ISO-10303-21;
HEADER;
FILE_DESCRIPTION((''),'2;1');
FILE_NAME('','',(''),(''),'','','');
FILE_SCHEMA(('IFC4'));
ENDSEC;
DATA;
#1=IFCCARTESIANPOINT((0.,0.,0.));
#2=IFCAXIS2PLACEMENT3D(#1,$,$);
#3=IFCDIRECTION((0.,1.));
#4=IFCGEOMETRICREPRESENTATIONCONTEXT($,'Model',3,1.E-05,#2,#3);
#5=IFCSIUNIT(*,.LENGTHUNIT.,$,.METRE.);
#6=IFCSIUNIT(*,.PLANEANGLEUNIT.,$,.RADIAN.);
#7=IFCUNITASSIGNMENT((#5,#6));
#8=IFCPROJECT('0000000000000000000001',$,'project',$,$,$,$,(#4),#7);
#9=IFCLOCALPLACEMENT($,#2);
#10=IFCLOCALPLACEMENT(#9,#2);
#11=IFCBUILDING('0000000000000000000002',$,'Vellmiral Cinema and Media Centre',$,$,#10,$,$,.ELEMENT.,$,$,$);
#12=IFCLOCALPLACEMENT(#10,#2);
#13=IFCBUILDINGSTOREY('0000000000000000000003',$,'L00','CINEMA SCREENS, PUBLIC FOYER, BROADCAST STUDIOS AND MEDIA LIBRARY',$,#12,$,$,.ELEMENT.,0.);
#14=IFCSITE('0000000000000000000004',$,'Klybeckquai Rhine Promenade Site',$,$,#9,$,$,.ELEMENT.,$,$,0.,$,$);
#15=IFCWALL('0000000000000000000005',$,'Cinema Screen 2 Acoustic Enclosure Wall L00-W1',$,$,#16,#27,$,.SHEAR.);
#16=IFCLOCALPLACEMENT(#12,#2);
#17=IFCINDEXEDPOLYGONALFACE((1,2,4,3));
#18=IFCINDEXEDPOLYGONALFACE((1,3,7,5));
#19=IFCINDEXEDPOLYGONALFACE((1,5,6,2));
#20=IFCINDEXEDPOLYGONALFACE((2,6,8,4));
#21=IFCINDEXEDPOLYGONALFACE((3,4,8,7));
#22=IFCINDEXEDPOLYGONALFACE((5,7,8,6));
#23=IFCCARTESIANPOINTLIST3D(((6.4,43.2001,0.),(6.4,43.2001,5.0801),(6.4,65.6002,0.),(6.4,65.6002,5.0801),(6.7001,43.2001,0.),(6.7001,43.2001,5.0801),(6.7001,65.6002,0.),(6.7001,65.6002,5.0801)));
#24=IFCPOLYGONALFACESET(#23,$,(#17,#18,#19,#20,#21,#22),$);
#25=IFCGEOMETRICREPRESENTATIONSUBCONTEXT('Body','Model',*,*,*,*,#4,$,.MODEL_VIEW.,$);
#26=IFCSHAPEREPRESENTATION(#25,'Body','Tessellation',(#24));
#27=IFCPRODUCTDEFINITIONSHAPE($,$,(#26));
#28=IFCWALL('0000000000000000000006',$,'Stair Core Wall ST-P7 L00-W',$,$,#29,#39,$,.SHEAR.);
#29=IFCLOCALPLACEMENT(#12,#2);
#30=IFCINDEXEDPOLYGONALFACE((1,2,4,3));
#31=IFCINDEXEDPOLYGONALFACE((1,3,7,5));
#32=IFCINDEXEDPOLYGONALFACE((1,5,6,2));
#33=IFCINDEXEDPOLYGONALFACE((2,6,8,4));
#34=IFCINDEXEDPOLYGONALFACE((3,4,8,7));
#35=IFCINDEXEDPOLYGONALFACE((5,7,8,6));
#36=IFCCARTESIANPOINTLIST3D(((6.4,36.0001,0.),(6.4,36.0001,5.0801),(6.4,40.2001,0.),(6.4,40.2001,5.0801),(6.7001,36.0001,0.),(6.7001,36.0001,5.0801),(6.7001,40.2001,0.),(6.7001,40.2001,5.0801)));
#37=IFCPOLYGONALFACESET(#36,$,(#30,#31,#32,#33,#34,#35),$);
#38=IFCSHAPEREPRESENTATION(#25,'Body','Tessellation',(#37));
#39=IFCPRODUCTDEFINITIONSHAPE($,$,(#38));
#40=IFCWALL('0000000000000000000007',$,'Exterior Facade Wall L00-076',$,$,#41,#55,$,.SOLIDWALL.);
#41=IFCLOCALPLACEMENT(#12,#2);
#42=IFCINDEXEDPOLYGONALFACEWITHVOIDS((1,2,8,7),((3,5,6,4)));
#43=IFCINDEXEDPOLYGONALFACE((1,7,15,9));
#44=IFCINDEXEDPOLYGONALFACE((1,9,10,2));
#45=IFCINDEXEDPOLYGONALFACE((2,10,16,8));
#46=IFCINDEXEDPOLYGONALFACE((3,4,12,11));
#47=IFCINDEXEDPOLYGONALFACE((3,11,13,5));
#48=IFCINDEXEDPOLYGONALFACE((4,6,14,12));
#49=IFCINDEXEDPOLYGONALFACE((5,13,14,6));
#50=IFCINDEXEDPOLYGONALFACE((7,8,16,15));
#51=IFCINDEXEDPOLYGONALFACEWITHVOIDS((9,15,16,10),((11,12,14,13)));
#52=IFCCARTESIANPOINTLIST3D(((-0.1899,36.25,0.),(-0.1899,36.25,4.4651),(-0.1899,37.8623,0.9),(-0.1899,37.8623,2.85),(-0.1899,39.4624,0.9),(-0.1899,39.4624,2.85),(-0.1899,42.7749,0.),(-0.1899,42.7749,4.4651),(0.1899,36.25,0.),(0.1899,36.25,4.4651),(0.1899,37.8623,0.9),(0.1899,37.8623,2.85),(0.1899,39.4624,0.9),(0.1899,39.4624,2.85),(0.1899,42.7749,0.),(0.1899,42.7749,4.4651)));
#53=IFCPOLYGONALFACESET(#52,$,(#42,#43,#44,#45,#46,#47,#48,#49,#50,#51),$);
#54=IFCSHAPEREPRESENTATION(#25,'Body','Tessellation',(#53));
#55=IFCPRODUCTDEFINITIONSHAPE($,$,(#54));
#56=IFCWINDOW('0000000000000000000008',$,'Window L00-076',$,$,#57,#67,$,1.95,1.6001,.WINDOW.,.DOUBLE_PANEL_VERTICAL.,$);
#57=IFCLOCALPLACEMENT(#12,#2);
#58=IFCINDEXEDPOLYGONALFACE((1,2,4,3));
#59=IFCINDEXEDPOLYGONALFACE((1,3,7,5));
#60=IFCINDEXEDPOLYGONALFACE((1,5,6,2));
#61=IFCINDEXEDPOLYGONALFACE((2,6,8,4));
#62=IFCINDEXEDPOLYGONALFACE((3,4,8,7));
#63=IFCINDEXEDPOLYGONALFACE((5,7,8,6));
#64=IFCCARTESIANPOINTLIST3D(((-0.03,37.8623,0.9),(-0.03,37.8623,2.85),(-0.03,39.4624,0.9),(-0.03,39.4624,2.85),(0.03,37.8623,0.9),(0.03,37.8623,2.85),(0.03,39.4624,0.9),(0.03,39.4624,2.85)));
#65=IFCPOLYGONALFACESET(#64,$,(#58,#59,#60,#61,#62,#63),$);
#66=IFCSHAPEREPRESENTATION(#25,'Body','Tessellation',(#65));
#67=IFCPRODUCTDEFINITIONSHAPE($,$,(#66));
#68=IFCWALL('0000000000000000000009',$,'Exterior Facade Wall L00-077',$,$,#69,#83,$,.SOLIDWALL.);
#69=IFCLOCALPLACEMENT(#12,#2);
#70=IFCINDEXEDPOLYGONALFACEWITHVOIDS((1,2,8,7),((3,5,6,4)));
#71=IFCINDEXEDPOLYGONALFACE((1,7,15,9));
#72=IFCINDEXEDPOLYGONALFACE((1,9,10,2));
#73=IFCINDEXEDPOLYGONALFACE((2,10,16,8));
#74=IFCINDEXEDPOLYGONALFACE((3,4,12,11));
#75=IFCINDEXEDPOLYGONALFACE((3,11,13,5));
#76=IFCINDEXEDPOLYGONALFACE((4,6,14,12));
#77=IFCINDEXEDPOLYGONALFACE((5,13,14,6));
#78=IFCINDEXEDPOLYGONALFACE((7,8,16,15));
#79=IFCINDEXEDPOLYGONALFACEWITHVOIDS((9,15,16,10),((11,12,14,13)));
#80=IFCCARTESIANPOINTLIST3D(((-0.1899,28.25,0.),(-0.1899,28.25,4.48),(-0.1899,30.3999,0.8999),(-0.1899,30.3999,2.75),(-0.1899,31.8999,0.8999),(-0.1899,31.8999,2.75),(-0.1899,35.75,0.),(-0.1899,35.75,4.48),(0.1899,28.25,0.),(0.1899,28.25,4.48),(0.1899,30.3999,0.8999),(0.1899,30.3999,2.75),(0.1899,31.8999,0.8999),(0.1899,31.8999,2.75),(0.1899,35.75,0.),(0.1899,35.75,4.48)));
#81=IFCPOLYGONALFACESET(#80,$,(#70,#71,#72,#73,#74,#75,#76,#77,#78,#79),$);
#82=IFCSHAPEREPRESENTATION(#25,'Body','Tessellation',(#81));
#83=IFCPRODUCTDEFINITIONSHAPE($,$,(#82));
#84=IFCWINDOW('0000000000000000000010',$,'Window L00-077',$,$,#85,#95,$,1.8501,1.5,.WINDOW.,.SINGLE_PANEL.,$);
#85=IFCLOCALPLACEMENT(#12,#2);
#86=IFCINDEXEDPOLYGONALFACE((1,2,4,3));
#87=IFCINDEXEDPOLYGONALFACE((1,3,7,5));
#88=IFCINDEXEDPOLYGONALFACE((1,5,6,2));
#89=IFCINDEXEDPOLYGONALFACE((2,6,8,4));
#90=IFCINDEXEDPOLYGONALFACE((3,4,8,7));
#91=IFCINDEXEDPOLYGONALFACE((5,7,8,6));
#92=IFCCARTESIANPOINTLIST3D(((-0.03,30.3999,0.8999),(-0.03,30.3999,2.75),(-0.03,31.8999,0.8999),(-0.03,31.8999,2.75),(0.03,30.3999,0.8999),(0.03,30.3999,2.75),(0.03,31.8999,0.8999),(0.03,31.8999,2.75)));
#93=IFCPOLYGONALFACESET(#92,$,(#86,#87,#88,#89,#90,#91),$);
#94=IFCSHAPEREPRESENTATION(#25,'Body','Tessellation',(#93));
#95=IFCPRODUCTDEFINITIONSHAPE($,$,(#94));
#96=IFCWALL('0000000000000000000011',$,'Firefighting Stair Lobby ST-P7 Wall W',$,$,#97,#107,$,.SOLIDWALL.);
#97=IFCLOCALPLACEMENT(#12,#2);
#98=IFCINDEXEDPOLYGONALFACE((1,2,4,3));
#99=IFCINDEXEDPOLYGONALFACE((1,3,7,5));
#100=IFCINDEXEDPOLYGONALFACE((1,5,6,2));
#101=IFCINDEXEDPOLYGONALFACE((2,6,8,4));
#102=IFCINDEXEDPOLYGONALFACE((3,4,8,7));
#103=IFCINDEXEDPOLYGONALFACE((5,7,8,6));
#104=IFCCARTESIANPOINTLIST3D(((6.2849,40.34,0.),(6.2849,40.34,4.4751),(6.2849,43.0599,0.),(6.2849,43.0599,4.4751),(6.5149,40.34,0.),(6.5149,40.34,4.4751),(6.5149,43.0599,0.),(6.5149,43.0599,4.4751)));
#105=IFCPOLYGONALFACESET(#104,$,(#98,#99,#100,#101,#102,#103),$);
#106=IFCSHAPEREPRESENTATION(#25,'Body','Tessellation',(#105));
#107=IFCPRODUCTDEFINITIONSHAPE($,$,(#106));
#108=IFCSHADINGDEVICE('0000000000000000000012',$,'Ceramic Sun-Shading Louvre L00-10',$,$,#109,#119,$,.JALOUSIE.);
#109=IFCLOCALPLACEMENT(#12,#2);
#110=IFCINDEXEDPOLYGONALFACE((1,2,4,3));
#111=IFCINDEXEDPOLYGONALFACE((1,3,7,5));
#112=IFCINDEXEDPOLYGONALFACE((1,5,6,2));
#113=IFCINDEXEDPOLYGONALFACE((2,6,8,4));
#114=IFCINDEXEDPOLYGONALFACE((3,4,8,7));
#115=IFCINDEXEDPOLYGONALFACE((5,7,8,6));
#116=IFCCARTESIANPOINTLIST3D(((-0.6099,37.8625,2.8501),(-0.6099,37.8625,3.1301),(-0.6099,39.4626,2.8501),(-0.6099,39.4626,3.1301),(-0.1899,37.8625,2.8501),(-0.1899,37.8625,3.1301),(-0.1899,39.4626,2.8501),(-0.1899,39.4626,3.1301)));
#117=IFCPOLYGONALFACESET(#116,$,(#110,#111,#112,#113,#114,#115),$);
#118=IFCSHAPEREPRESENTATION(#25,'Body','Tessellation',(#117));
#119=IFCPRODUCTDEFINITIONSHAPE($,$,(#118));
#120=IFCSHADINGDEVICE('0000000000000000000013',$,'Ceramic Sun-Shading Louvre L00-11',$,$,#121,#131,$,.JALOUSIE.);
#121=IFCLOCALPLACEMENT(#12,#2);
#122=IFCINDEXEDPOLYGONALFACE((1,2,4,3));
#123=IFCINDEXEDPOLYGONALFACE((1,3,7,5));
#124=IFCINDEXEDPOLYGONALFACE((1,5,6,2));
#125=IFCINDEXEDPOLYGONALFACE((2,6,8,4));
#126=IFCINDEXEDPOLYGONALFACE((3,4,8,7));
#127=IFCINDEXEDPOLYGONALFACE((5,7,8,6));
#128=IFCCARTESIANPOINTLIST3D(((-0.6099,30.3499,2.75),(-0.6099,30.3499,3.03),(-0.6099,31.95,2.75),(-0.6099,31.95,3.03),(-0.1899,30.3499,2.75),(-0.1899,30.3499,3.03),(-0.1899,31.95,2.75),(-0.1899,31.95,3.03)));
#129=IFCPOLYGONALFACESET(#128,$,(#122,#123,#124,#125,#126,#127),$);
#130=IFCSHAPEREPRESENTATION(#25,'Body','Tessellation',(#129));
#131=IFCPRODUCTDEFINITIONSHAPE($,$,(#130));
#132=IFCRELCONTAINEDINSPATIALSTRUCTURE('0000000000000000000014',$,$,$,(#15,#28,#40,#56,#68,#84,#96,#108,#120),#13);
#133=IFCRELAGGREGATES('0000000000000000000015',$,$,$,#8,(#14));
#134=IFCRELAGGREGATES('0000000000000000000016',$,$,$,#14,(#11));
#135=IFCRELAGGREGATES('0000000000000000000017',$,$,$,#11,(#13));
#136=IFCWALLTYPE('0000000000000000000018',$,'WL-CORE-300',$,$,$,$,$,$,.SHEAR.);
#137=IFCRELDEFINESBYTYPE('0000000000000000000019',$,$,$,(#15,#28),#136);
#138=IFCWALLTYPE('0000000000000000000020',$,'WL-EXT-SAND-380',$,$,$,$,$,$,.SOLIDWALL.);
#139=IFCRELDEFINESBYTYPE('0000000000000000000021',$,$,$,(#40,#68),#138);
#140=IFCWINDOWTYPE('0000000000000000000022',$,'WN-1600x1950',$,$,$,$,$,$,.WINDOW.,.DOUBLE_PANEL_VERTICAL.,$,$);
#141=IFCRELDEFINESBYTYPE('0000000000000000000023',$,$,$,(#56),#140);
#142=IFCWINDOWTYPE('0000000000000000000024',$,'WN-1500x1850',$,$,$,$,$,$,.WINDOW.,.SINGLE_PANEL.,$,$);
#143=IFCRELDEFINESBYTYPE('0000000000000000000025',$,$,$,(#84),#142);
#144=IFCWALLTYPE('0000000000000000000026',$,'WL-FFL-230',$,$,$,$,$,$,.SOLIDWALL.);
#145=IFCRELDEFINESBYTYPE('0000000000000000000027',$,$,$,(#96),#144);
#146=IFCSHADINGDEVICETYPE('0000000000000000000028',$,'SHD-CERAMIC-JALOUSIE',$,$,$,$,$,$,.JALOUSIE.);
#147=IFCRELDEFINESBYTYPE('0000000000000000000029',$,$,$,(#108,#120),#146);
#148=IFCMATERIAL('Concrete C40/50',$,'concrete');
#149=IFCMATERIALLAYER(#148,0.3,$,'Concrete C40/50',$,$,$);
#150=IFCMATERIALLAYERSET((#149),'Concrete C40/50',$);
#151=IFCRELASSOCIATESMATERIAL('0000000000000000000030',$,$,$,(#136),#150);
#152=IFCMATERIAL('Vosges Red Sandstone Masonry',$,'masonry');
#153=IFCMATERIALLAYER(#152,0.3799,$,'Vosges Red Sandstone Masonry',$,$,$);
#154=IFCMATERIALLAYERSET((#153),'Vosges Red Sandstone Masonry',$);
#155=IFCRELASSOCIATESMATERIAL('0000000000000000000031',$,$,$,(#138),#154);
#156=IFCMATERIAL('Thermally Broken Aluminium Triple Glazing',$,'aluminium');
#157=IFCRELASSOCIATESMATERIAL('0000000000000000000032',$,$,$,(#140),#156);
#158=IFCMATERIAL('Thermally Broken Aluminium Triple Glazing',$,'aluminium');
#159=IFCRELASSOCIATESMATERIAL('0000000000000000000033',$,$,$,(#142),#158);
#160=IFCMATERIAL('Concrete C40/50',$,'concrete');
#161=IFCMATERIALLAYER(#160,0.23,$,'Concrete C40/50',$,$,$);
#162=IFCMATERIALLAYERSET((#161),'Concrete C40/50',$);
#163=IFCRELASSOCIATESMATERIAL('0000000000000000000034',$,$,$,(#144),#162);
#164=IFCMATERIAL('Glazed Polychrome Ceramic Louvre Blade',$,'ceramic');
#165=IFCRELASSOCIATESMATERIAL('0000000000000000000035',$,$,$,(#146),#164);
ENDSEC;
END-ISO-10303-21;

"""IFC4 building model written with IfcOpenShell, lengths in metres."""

from ifc_helpers import new_model, si_unit, direction, frame, frame_2d, origin, origin_2d, place, context, subcontext, project, spatial, rectangle, extrude, material, layer, layer_set, type_object, element, fill, save


model = new_model("IFC4")

# Units and contexts
model_context = context("Model", 3, precision=1e-05, world=origin(), true_north=direction((0.0, 1.0)))
body_context = subcontext(model_context, "Body", "Model", "MODEL_VIEW")
ifc_project = project(units=[si_unit("LENGTHUNIT", "METRE"), si_unit("PLANEANGLEUNIT", "RADIAN")], contexts=[model_context])

# Site, building, storey
site_placement = place(None, origin())
site = spatial("IfcSite", under=ifc_project, at=site_placement, Name="Klybeckquai Rhine Promenade Site", CompositionType="ELEMENT", RefElevation=0.0)
building_placement = place(site_placement, origin())
building = spatial("IfcBuilding", under=site, at=building_placement, Name="Vellmiral Cinema and Media Centre", CompositionType="ELEMENT")
storey_placement = place(building_placement, origin())
storey = spatial("IfcBuildingStorey", under=building, at=storey_placement, Name="L00", Description="CINEMA SCREENS, PUBLIC FOYER, BROADCAST STUDIOS AND MEDIA LIBRARY", CompositionType="ELEMENT", Elevation=0.0)

# Walls
ifc_material_1 = material(Name="Concrete C40/50", Category="concrete")
ifc_layer_1 = layer(ifc_material_1, 0.3, Name="Concrete C40/50")
ifc_layer_set_1 = layer_set([ifc_layer_1], Name="Concrete C40/50")
wall_type_1 = type_object("IfcWallType", Name="WL-CORE-300", PredefinedType="SHEAR", material=ifc_layer_set_1)
wall_1_placement = place(storey_placement, frame((6.55, 43.2, 0.0), z_axis=(0.0, 0.0, 1.0), x_axis=(0.0, 1.0, 0.0)))
element("IfcWall", 1, at=wall_1_placement, inside=storey, type_object=wall_type_1, Name="Cinema Screen 2 Acoustic Enclosure Wall L00-W1", PredefinedType="SHEAR", context=body_context, shape_type="SweptSolid", body=[
    extrude(rectangle(XDim=22.4001, YDim=0.3, at=frame_2d((11.2002, 0.0))), origin(), (0.0, 0.0, 1.0), 5.0801),
])
wall_2_placement = place(storey_placement, frame((6.55, 36.0, 0.0), z_axis=(0.0, 0.0, 1.0), x_axis=(0.0, 1.0, 0.0)))
element("IfcWall", 2, at=wall_2_placement, inside=storey, type_object=wall_type_1, Name="Stair Core Wall ST-P7 L00-W", PredefinedType="SHEAR", context=body_context, shape_type="SweptSolid", body=[
    extrude(rectangle(XDim=4.2, YDim=0.3, at=frame_2d((2.1001, 0.0))), origin(), (0.0, 0.0, 1.0), 5.0801),
])

# Walls, openings, windows
ifc_material_2 = material(Name="Vosges Red Sandstone Masonry", Category="masonry")
ifc_layer_2 = layer(ifc_material_2, 0.3799, Name="Vosges Red Sandstone Masonry")
ifc_layer_set_2 = layer_set([ifc_layer_2], Name="Vosges Red Sandstone Masonry")
wall_type_2 = type_object("IfcWallType", Name="WL-EXT-SAND-380", PredefinedType="SOLIDWALL", material=ifc_layer_set_2)
wall_3_placement = place(storey_placement, frame((0.0, 42.7749, 0.0), z_axis=(0.0, 0.0, 1.0), x_axis=(0.0, -1.0, 0.0)))
wall_3 = element("IfcWall", 3, at=wall_3_placement, inside=storey, type_object=wall_type_2, Name="Exterior Facade Wall L00-076", PredefinedType="SOLIDWALL", context=body_context, shape_type="SweptSolid", body=[
    extrude(rectangle(XDim=6.5249, YDim=0.3799, at=frame_2d((3.2625, 0.0))), origin(), (0.0, 0.0, 1.0), 4.4651),
])
opening_1_placement = place(wall_3_placement, frame((3.3125, 0.0, 0.8999)))
opening_1 = element("IfcOpeningElement", 4, at=opening_1_placement, cuts=wall_3, PredefinedType="OPENING", context=body_context, shape_type="SweptSolid", body=[
    extrude(rectangle(XDim=1.6001, YDim=1.95, at=frame_2d((0.8, 0.9751))), frame((0.0, 0.2019, 0.0), z_axis=(0.0, -1.0, 0.0), x_axis=(1.0, 0.0, 0.0)), (0.0, 0.0, 1.0), 0.4038),
])
ifc_material_3 = material(Name="Thermally Broken Aluminium Triple Glazing", Category="aluminium")
window_type_1 = type_object("IfcWindowType", Name="WN-1600x1950", PartitioningType="DOUBLE_PANEL_VERTICAL", PredefinedType="WINDOW", material=ifc_material_3)
window_1_placement = place(opening_1_placement, origin())
window_1 = element("IfcWindow", 5, at=window_1_placement, inside=storey, type_object=window_type_1, Name="Window L00-076", OverallHeight=1.95, OverallWidth=1.6001, PartitioningType="DOUBLE_PANEL_VERTICAL", PredefinedType="WINDOW", context=body_context, shape_type="SweptSolid", body=[
    extrude(rectangle(XDim=1.6001, YDim=1.95, at=frame_2d((0.8, 0.9751))), frame((0.0, 0.03, 0.0), z_axis=(0.0, -1.0, 0.0), x_axis=(1.0, 0.0, 0.0)), (0.0, 0.0, 1.0), 0.0601),
])
fill(opening_1, window_1)
wall_4_placement = place(storey_placement, frame((0.0, 35.75, 0.0), z_axis=(0.0, 0.0, 1.0), x_axis=(0.0, -1.0, 0.0)))
wall_4 = element("IfcWall", 6, at=wall_4_placement, inside=storey, type_object=wall_type_2, Name="Exterior Facade Wall L00-077", PredefinedType="SOLIDWALL", context=body_context, shape_type="SweptSolid", body=[
    extrude(rectangle(XDim=7.5, YDim=0.3799, at=frame_2d((3.75, 0.0))), origin(), (0.0, 0.0, 1.0), 4.48),
])
opening_2_placement = place(wall_4_placement, frame((3.8501, 0.0, 0.8999)))
opening_2 = element("IfcOpeningElement", 7, at=opening_2_placement, cuts=wall_4, PredefinedType="OPENING", context=body_context, shape_type="SweptSolid", body=[
    extrude(rectangle(XDim=1.5, YDim=1.8501, at=frame_2d((0.75, 0.925))), frame((0.0, 0.2019, 0.0), z_axis=(0.0, -1.0, 0.0), x_axis=(1.0, 0.0, 0.0)), (0.0, 0.0, 1.0), 0.4038),
])
ifc_material_4 = material(Name="Thermally Broken Aluminium Triple Glazing", Category="aluminium")
window_type_2 = type_object("IfcWindowType", Name="WN-1500x1850", PartitioningType="SINGLE_PANEL", PredefinedType="WINDOW", material=ifc_material_4)
window_2_placement = place(opening_2_placement, origin())
window_2 = element("IfcWindow", 8, at=window_2_placement, inside=storey, type_object=window_type_2, Name="Window L00-077", OverallHeight=1.8501, OverallWidth=1.5, PartitioningType="SINGLE_PANEL", PredefinedType="WINDOW", context=body_context, shape_type="SweptSolid", body=[
    extrude(rectangle(XDim=1.5, YDim=1.8501, at=frame_2d((0.75, 0.925))), frame((0.0, 0.03, 0.0), z_axis=(0.0, -1.0, 0.0), x_axis=(1.0, 0.0, 0.0)), (0.0, 0.0, 1.0), 0.0601),
])
fill(opening_2, window_2)

# Wall
ifc_material_5 = material(Name="Concrete C40/50", Category="concrete")
ifc_layer_3 = layer(ifc_material_5, 0.23, Name="Concrete C40/50")
ifc_layer_set_3 = layer_set([ifc_layer_3], Name="Concrete C40/50")
wall_type_3 = type_object("IfcWallType", Name="WL-FFL-230", PredefinedType="SOLIDWALL", material=ifc_layer_set_3)
wall_5_placement = place(storey_placement, frame((6.3999, 40.3401, 0.0), z_axis=(0.0, 0.0, 1.0), x_axis=(0.0, 1.0, 0.0)))
element("IfcWall", 9, at=wall_5_placement, inside=storey, type_object=wall_type_3, Name="Firefighting Stair Lobby ST-P7 Wall W", PredefinedType="SOLIDWALL", context=body_context, shape_type="SweptSolid", body=[
    extrude(rectangle(XDim=2.72, YDim=0.23, at=frame_2d((1.3599, 0.0))), origin(), (0.0, 0.0, 1.0), 4.4751),
])

# Shading devices
ifc_material_6 = material(Name="Glazed Polychrome Ceramic Louvre Blade", Category="ceramic")
shading_device_type = type_object("IfcShadingDeviceType", Name="SHD-CERAMIC-JALOUSIE", PredefinedType="JALOUSIE", material=ifc_material_6)
for number, where, z_axis, x_axis, name in (
    (10, (-0.3999, 38.6626, 2.8501), (0.0, 0.0, 1.0), (0.0, -1.0, 0.0), "Ceramic Sun-Shading Louvre L00-10"),
    (11, (-0.3999, 31.1499, 2.75), (0.0, 0.0, 1.0), (0.0, -1.0, 0.0), "Ceramic Sun-Shading Louvre L00-11"),
):
    element("IfcShadingDevice", number, at=place(storey_placement, frame(where, z_axis=z_axis, x_axis=x_axis)), inside=storey, type_object=shading_device_type, Name=name, PredefinedType="JALOUSIE", context=body_context, shape_type="SweptSolid", body=[
        extrude(rectangle(XDim=1.6001, YDim=0.4199, at=origin_2d()), origin(), (0.0, 0.0, 1.0), 0.28),
    ])

save(model, "model.ifc")
